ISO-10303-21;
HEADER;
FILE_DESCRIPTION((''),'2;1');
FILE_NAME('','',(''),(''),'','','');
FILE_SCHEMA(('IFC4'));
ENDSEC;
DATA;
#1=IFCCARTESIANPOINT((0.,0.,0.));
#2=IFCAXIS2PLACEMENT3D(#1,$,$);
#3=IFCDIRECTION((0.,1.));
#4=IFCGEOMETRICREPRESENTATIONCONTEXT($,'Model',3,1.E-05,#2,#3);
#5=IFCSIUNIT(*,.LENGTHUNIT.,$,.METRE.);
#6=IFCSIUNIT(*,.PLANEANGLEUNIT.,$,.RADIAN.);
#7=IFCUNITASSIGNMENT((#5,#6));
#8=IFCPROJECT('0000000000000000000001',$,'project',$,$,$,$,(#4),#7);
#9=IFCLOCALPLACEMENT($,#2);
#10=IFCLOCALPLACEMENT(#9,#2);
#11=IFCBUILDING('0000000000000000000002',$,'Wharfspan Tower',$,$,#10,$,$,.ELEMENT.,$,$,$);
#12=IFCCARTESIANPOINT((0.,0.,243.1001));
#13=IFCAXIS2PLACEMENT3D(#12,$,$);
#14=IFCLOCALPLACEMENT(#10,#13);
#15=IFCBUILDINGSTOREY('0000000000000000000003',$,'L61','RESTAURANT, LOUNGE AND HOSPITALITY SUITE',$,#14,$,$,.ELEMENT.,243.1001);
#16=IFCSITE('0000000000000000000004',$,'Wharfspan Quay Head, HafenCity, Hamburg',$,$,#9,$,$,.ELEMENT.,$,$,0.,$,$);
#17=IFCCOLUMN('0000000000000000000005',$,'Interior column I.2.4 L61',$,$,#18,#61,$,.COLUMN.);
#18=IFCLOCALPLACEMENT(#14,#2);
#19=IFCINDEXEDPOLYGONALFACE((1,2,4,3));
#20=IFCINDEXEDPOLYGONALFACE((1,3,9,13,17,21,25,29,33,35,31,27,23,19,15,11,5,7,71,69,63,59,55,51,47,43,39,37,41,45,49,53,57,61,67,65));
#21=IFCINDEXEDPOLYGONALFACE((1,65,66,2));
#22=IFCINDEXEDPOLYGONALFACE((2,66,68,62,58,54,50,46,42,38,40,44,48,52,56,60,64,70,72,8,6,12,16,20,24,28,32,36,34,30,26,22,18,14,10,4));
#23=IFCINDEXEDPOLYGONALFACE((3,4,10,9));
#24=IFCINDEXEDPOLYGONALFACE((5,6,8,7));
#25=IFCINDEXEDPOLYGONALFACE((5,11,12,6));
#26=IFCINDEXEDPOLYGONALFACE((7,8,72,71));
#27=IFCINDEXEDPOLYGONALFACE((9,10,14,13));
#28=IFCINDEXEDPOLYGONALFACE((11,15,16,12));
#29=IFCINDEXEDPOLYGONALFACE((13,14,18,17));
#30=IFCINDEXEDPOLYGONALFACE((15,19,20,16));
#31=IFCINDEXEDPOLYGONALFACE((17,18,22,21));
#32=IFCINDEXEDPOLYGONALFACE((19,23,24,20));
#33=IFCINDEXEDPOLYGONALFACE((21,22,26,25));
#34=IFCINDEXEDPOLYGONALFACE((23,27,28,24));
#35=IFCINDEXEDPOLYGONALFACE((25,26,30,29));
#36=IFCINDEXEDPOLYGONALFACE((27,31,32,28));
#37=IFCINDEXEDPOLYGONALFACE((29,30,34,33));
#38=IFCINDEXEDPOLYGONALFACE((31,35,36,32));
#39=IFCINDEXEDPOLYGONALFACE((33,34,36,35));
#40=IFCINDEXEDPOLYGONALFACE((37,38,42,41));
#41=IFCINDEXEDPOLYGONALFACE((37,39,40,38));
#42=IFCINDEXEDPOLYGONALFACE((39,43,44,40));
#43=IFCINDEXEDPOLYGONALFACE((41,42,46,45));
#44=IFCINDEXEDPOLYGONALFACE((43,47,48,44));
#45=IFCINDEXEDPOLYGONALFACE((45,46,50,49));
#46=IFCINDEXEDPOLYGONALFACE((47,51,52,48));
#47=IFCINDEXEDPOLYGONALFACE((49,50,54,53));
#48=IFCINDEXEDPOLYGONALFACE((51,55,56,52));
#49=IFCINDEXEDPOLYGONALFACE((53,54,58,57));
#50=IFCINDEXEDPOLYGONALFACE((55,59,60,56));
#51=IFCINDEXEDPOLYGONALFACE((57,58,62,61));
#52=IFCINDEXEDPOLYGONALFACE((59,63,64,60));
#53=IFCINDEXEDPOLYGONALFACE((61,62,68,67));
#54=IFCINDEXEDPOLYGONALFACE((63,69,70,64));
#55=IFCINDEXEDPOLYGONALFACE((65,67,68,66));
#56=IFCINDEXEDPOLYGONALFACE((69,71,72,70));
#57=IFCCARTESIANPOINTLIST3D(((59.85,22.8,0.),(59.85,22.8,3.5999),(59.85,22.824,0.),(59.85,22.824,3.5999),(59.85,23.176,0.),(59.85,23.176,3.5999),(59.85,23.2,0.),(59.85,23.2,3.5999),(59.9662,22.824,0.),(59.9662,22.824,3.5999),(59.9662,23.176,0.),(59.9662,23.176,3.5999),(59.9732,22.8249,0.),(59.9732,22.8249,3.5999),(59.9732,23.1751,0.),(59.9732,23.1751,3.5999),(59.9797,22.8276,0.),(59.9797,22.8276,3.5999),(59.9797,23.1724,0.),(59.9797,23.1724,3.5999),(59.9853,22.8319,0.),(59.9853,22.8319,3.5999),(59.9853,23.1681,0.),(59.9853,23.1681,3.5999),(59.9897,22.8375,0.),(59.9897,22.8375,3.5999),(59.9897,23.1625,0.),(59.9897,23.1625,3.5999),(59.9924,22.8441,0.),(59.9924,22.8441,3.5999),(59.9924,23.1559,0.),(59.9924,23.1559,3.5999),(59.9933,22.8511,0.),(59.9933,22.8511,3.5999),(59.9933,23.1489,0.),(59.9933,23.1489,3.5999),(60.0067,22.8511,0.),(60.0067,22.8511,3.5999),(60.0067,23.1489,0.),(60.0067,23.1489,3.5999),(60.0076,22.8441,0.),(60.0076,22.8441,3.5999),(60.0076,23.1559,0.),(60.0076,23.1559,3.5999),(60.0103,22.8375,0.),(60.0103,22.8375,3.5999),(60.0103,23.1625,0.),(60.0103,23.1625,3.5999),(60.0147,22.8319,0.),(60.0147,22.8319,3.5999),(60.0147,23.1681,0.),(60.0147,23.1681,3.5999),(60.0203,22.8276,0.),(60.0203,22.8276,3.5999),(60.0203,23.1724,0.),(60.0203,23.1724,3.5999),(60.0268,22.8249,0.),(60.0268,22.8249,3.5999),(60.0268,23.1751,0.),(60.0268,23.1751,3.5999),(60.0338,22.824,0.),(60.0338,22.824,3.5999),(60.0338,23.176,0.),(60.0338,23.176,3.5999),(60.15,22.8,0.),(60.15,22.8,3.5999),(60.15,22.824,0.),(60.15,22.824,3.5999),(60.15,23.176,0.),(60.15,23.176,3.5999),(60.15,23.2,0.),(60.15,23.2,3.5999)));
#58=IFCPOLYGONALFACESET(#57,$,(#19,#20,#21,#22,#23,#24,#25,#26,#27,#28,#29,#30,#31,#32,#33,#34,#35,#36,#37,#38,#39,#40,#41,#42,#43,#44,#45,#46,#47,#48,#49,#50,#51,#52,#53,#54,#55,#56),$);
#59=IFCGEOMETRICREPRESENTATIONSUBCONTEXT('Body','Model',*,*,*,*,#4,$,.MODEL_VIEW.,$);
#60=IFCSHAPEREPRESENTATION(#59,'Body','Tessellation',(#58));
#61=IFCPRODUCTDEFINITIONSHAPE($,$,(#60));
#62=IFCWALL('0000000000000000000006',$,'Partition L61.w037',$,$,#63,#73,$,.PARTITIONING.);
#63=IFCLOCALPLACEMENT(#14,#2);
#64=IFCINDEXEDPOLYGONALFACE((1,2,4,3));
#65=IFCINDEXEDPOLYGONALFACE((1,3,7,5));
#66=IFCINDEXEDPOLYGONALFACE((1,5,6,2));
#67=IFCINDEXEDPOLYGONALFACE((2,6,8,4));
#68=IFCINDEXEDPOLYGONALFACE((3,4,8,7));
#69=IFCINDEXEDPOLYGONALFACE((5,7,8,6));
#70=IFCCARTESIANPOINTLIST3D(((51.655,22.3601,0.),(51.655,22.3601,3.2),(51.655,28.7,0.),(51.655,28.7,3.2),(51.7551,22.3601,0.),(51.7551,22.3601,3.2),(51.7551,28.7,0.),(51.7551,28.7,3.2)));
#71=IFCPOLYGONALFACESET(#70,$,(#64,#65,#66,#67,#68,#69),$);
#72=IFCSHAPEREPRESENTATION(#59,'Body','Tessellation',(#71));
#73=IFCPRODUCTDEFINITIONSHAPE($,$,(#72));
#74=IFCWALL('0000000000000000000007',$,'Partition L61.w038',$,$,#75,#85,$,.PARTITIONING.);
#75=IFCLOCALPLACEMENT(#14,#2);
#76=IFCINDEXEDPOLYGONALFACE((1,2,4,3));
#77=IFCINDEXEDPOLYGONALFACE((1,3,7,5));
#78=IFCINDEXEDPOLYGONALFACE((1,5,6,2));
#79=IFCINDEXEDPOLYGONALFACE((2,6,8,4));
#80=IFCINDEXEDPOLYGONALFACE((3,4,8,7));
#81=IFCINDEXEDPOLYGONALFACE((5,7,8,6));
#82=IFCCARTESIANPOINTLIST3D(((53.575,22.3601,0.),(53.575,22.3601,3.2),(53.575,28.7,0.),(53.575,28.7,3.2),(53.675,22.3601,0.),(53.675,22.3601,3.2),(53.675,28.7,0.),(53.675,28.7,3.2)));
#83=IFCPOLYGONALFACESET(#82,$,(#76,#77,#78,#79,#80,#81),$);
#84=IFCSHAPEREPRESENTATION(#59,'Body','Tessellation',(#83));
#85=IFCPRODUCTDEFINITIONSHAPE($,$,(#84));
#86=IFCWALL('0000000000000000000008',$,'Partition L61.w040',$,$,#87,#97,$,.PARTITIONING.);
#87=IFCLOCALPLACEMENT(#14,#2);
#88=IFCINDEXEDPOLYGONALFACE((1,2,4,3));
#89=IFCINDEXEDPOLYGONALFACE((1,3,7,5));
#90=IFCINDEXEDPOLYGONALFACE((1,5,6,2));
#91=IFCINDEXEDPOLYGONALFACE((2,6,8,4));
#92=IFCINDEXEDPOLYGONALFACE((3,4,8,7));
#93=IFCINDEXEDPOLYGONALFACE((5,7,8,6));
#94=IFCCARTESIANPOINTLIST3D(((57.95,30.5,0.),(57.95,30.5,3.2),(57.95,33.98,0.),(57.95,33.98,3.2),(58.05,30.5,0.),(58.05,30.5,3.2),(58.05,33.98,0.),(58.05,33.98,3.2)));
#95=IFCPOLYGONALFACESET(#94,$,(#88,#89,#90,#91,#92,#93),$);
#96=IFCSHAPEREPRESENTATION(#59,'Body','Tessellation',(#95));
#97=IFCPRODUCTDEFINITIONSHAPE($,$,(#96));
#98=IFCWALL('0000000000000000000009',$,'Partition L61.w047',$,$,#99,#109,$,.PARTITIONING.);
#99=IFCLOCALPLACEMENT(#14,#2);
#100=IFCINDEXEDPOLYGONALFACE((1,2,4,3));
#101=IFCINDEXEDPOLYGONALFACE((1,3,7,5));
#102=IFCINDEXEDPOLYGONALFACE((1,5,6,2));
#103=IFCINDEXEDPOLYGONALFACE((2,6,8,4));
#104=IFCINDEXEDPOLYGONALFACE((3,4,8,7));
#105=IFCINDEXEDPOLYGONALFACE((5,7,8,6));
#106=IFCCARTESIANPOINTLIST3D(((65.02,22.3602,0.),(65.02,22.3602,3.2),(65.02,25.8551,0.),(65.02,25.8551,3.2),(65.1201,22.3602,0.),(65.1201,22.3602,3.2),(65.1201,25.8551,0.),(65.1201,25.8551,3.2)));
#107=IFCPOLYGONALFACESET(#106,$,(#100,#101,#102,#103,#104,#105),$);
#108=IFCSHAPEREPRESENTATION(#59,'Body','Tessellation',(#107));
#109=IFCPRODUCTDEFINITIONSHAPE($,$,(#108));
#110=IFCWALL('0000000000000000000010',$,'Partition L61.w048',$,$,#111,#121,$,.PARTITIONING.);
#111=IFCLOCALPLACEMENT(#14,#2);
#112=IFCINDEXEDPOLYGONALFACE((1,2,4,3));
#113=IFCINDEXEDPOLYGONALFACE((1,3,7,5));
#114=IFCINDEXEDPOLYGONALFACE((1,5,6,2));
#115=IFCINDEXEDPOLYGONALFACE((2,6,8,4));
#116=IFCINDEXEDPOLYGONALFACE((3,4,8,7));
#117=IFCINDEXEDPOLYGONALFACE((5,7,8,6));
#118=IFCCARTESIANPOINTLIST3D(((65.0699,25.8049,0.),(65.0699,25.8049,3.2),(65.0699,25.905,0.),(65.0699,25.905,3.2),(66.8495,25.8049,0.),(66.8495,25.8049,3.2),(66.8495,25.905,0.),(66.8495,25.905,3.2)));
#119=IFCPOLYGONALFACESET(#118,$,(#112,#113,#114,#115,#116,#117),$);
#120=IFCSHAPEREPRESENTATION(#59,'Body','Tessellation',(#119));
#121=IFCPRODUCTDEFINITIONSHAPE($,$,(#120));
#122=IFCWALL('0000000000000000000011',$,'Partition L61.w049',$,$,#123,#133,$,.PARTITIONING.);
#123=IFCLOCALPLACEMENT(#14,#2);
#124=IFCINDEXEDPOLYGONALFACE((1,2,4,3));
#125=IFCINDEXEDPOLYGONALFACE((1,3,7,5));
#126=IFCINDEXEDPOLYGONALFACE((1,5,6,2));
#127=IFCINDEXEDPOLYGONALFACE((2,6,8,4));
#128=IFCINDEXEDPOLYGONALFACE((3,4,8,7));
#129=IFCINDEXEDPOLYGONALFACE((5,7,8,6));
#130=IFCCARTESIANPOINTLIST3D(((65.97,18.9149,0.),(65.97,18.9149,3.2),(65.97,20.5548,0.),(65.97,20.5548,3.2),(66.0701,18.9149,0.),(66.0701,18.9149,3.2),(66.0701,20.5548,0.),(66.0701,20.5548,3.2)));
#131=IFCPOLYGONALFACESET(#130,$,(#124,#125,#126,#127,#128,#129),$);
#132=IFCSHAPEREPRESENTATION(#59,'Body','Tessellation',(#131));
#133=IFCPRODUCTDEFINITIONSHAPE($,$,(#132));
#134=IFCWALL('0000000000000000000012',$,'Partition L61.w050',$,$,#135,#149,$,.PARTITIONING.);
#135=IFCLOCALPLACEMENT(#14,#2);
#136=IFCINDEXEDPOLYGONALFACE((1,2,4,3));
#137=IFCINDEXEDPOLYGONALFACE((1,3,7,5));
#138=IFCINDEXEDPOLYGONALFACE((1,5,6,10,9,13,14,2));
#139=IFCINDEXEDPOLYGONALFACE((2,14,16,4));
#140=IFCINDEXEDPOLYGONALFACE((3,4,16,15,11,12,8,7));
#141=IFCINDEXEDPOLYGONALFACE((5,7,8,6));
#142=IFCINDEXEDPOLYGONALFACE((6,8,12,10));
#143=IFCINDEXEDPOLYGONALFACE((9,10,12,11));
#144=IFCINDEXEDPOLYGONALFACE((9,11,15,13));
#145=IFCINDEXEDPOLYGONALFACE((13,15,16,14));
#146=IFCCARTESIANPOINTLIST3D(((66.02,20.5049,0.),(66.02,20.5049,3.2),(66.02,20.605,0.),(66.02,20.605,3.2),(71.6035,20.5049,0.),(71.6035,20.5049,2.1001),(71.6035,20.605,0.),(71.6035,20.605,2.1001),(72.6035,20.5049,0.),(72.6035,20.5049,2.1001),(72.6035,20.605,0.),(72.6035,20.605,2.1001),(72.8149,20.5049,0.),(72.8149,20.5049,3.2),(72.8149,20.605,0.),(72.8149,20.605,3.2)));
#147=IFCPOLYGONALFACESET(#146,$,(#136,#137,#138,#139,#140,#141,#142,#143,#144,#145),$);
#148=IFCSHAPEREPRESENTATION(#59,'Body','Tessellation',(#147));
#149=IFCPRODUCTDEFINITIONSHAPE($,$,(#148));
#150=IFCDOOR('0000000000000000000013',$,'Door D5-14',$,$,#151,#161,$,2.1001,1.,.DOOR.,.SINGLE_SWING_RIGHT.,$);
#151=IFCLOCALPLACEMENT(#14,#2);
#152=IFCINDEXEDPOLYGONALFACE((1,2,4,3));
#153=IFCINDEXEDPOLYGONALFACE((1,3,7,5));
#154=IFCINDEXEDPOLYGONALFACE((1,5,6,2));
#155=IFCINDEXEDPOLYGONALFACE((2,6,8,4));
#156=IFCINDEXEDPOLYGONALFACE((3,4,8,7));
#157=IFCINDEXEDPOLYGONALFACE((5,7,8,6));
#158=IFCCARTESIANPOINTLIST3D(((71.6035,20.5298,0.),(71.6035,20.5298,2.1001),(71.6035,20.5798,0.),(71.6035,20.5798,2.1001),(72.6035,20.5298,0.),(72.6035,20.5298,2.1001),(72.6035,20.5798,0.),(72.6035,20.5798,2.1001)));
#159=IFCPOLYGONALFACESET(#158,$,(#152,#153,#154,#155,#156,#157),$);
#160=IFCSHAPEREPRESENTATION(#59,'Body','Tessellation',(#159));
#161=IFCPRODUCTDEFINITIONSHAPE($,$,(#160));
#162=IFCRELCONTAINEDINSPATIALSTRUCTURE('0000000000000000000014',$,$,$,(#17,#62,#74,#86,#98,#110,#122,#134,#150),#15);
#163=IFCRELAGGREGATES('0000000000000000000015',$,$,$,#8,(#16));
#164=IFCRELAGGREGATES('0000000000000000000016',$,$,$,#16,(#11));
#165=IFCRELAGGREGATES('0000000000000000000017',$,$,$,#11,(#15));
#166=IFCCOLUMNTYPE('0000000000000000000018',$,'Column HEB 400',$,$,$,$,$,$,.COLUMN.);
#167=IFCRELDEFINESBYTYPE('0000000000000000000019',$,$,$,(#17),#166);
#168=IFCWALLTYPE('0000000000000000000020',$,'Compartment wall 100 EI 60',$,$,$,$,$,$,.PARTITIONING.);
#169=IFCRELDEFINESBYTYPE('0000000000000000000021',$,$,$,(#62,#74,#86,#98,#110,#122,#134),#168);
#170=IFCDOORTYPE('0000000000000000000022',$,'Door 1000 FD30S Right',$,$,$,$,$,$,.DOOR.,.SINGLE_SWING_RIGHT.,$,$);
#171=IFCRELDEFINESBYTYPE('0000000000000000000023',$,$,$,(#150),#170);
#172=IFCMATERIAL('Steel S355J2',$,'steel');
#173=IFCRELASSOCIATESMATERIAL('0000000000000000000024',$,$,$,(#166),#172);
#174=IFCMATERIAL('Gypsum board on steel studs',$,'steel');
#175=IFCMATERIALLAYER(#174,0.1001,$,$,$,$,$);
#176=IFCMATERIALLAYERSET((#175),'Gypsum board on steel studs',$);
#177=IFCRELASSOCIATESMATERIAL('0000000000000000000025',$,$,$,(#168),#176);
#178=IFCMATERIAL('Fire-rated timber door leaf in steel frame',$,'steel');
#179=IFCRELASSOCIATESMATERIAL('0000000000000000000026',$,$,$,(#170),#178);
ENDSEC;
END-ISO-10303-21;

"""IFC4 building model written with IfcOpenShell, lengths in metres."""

from ifc_helpers import new_model, si_unit, direction, frame, frame_2d, origin, origin_2d, place, context, subcontext, project, spatial, rectangle, i_section, extrude, material, layer, layer_set, material_profile, profile_set, type_object, element, fill, save


model = new_model("IFC4")

# Units and contexts
model_context = context("Model", 3, precision=1e-05, world=origin(), true_north=direction((0.0, 1.0)))
body_context = subcontext(model_context, "Body", "Model", "MODEL_VIEW")
ifc_project = project(units=[si_unit("LENGTHUNIT", "METRE"), si_unit("PLANEANGLEUNIT", "RADIAN")], contexts=[model_context])

# Site, building, storey
site_placement = place(None, origin())
site = spatial("IfcSite", under=ifc_project, at=site_placement, Name="Wharfspan Quay Head, HafenCity, Hamburg", CompositionType="ELEMENT", RefElevation=0.0)
building_placement = place(site_placement, origin())
building = spatial("IfcBuilding", under=site, at=building_placement, Name="Wharfspan Tower", CompositionType="ELEMENT")
storey_placement = place(building_placement, frame((0.0, 0.0, 243.1001)))
storey = spatial("IfcBuildingStorey", under=building, at=storey_placement, Name="L61", Description="RESTAURANT, LOUNGE AND HOSPITALITY SUITE", CompositionType="ELEMENT", Elevation=243.1001)

# Column
ifc_material_1 = material(Name="Steel S355J2", Category="steel")
ifc_material_profile = material_profile(ifc_material_1, i_section(OverallWidth=0.3, OverallDepth=0.3999, WebThickness=0.0134, FlangeThickness=0.0239, FilletRadius=0.0271, at=origin_2d()))
ifc_profile_set = profile_set([ifc_material_profile], Name="Steel S355J2")
column_type = type_object("IfcColumnType", Name="Column HEB 400", PredefinedType="COLUMN", material=ifc_profile_set)
column_placement = place(storey_placement, frame((60.0, 23.0, 0.0), z_axis=(0.0, 0.0, 1.0), x_axis=(1.0, 0.0, 0.0)))
element("IfcColumn", 1, at=column_placement, inside=storey, type_object=column_type, Name="Interior column I.2.4 L61", PredefinedType="COLUMN", context=body_context, shape_type="SweptSolid", body=[
    extrude(i_section(OverallWidth=0.3, OverallDepth=0.3999, WebThickness=0.0134, FlangeThickness=0.0239, FilletRadius=0.0271, at=origin_2d()), origin(), (0.0, 0.0, 1.0), 3.5999),
])

# Walls
ifc_material_2 = material(Name="Gypsum board on steel studs", Category="steel")
ifc_layer_1 = layer(ifc_material_2, 0.1001)
ifc_layer_set_1 = layer_set([ifc_layer_1], Name="Gypsum board on steel studs")
wall_type_1 = type_object("IfcWallType", Name="Compartment wall 100 EI 60", PredefinedType="PARTITIONING", material=ifc_layer_set_1)
for number, where, z_axis, x_axis, name in (
    (2, (51.7051, 22.3601, 0.0), (0.0, 0.0, 1.0), (0.0, 1.0, 0.0), "Partition L61.w037"),
    (3, (53.625, 22.3601, 0.0), (0.0, 0.0, 1.0), (0.0, 1.0, 0.0), "Partition L61.w038"),
):
    element("IfcWall", number, at=place(storey_placement, frame(where, z_axis=z_axis, x_axis=x_axis)), inside=storey, type_object=wall_type_1, Name=name, PredefinedType="PARTITIONING", context=body_context, shape_type="SweptSolid", body=[
        extrude(rectangle(XDim=6.3398, YDim=0.1001, at=frame_2d((3.1699, 0.0))), origin(), (0.0, 0.0, 1.0), 3.2),
    ])
wall_1_placement = place(storey_placement, frame((58.0, 30.5, 0.0), z_axis=(0.0, 0.0, 1.0), x_axis=(0.0, 1.0, 0.0)))
element("IfcWall", 4, at=wall_1_placement, inside=storey, type_object=wall_type_1, Name="Partition L61.w040", PredefinedType="PARTITIONING", context=body_context, shape_type="SweptSolid", body=[
    extrude(rectangle(XDim=3.48, YDim=0.1001, at=frame_2d((1.74, 0.0))), origin(), (0.0, 0.0, 1.0), 3.2),
])
wall_2_placement = place(storey_placement, frame((65.0701, 22.3601, 0.0), z_axis=(0.0, 0.0, 1.0), x_axis=(0.0, 1.0, 0.0)))
element("IfcWall", 5, at=wall_2_placement, inside=storey, type_object=wall_type_1, Name="Partition L61.w047", PredefinedType="PARTITIONING", context=body_context, shape_type="SweptSolid", body=[
    extrude(rectangle(XDim=3.4949, YDim=0.1001, at=frame_2d((1.7476, 0.0))), origin(), (0.0, 0.0, 1.0), 3.2),
])
wall_3_placement = place(storey_placement, frame((65.0701, 25.855, 0.0), z_axis=(0.0, 0.0, 1.0), x_axis=(1.0, 0.0, 0.0)))
element("IfcWall", 6, at=wall_3_placement, inside=storey, type_object=wall_type_1, Name="Partition L61.w048", PredefinedType="PARTITIONING", context=body_context, shape_type="SweptSolid", body=[
    extrude(rectangle(XDim=1.7795, YDim=0.1001, at=frame_2d((0.8896, 0.0))), origin(), (0.0, 0.0, 1.0), 3.2),
])
wall_4_placement = place(storey_placement, frame((66.02, 18.915, 0.0), z_axis=(0.0, 0.0, 1.0), x_axis=(0.0, 1.0, 0.0)))
element("IfcWall", 7, at=wall_4_placement, inside=storey, type_object=wall_type_1, Name="Partition L61.w049", PredefinedType="PARTITIONING", context=body_context, shape_type="SweptSolid", body=[
    extrude(rectangle(XDim=1.6399, YDim=0.1001, at=frame_2d((0.8198, 0.0))), origin(), (0.0, 0.0, 1.0), 3.2),
])

# Wall, opening, door
wall_5_placement = place(storey_placement, frame((66.02, 20.5549, 0.0), z_axis=(0.0, 0.0, 1.0), x_axis=(1.0, 0.0, 0.0)))
wall_5 = element("IfcWall", 8, at=wall_5_placement, inside=storey, type_object=wall_type_1, Name="Partition L61.w050", PredefinedType="PARTITIONING", context=body_context, shape_type="SweptSolid", body=[
    extrude(rectangle(XDim=6.7949, YDim=0.1001, at=frame_2d((3.3975, 0.0))), origin(), (0.0, 0.0, 1.0), 3.2),
])
opening_1_placement = place(wall_5_placement, frame((5.5835, 0.0, 0.0)))
opening_1 = element("IfcOpeningElement", 9, at=opening_1_placement, cuts=wall_5, PredefinedType="OPENING", context=body_context, shape_type="SweptSolid", body=[
    extrude(rectangle(XDim=1.0, YDim=2.1001, at=frame_2d((0.5, 1.05))), frame((0.0, 0.0601, 0.0), z_axis=(0.0, -1.0, 0.0), x_axis=(1.0, 0.0, 0.0)), (0.0, 0.0, 1.0), 0.1201),
])
ifc_material_3 = material(Name="Fire-rated timber door leaf in steel frame", Category="steel")
door_type_1 = type_object("IfcDoorType", Name="Door 1000 FD30S Right", OperationType="SINGLE_SWING_RIGHT", PredefinedType="DOOR", material=ifc_material_3)
door_1_placement = place(opening_1_placement, origin())
door_1 = element("IfcDoor", 10, at=door_1_placement, inside=storey, type_object=door_type_1, Name="Door D5-14", OperationType="SINGLE_SWING_RIGHT", OverallHeight=2.1001, OverallWidth=1.0, PredefinedType="DOOR", context=body_context, shape_type="SweptSolid", body=[
    extrude(rectangle(XDim=1.0, YDim=2.1001, at=frame_2d((0.5, 1.05))), frame((0.0, 0.0249, 0.0), z_axis=(0.0, -1.0, 0.0), x_axis=(1.0, 0.0, 0.0)), (0.0, 0.0, 1.0), 0.05),
])
fill(opening_1, door_1)

save(model, "model.ifc")
